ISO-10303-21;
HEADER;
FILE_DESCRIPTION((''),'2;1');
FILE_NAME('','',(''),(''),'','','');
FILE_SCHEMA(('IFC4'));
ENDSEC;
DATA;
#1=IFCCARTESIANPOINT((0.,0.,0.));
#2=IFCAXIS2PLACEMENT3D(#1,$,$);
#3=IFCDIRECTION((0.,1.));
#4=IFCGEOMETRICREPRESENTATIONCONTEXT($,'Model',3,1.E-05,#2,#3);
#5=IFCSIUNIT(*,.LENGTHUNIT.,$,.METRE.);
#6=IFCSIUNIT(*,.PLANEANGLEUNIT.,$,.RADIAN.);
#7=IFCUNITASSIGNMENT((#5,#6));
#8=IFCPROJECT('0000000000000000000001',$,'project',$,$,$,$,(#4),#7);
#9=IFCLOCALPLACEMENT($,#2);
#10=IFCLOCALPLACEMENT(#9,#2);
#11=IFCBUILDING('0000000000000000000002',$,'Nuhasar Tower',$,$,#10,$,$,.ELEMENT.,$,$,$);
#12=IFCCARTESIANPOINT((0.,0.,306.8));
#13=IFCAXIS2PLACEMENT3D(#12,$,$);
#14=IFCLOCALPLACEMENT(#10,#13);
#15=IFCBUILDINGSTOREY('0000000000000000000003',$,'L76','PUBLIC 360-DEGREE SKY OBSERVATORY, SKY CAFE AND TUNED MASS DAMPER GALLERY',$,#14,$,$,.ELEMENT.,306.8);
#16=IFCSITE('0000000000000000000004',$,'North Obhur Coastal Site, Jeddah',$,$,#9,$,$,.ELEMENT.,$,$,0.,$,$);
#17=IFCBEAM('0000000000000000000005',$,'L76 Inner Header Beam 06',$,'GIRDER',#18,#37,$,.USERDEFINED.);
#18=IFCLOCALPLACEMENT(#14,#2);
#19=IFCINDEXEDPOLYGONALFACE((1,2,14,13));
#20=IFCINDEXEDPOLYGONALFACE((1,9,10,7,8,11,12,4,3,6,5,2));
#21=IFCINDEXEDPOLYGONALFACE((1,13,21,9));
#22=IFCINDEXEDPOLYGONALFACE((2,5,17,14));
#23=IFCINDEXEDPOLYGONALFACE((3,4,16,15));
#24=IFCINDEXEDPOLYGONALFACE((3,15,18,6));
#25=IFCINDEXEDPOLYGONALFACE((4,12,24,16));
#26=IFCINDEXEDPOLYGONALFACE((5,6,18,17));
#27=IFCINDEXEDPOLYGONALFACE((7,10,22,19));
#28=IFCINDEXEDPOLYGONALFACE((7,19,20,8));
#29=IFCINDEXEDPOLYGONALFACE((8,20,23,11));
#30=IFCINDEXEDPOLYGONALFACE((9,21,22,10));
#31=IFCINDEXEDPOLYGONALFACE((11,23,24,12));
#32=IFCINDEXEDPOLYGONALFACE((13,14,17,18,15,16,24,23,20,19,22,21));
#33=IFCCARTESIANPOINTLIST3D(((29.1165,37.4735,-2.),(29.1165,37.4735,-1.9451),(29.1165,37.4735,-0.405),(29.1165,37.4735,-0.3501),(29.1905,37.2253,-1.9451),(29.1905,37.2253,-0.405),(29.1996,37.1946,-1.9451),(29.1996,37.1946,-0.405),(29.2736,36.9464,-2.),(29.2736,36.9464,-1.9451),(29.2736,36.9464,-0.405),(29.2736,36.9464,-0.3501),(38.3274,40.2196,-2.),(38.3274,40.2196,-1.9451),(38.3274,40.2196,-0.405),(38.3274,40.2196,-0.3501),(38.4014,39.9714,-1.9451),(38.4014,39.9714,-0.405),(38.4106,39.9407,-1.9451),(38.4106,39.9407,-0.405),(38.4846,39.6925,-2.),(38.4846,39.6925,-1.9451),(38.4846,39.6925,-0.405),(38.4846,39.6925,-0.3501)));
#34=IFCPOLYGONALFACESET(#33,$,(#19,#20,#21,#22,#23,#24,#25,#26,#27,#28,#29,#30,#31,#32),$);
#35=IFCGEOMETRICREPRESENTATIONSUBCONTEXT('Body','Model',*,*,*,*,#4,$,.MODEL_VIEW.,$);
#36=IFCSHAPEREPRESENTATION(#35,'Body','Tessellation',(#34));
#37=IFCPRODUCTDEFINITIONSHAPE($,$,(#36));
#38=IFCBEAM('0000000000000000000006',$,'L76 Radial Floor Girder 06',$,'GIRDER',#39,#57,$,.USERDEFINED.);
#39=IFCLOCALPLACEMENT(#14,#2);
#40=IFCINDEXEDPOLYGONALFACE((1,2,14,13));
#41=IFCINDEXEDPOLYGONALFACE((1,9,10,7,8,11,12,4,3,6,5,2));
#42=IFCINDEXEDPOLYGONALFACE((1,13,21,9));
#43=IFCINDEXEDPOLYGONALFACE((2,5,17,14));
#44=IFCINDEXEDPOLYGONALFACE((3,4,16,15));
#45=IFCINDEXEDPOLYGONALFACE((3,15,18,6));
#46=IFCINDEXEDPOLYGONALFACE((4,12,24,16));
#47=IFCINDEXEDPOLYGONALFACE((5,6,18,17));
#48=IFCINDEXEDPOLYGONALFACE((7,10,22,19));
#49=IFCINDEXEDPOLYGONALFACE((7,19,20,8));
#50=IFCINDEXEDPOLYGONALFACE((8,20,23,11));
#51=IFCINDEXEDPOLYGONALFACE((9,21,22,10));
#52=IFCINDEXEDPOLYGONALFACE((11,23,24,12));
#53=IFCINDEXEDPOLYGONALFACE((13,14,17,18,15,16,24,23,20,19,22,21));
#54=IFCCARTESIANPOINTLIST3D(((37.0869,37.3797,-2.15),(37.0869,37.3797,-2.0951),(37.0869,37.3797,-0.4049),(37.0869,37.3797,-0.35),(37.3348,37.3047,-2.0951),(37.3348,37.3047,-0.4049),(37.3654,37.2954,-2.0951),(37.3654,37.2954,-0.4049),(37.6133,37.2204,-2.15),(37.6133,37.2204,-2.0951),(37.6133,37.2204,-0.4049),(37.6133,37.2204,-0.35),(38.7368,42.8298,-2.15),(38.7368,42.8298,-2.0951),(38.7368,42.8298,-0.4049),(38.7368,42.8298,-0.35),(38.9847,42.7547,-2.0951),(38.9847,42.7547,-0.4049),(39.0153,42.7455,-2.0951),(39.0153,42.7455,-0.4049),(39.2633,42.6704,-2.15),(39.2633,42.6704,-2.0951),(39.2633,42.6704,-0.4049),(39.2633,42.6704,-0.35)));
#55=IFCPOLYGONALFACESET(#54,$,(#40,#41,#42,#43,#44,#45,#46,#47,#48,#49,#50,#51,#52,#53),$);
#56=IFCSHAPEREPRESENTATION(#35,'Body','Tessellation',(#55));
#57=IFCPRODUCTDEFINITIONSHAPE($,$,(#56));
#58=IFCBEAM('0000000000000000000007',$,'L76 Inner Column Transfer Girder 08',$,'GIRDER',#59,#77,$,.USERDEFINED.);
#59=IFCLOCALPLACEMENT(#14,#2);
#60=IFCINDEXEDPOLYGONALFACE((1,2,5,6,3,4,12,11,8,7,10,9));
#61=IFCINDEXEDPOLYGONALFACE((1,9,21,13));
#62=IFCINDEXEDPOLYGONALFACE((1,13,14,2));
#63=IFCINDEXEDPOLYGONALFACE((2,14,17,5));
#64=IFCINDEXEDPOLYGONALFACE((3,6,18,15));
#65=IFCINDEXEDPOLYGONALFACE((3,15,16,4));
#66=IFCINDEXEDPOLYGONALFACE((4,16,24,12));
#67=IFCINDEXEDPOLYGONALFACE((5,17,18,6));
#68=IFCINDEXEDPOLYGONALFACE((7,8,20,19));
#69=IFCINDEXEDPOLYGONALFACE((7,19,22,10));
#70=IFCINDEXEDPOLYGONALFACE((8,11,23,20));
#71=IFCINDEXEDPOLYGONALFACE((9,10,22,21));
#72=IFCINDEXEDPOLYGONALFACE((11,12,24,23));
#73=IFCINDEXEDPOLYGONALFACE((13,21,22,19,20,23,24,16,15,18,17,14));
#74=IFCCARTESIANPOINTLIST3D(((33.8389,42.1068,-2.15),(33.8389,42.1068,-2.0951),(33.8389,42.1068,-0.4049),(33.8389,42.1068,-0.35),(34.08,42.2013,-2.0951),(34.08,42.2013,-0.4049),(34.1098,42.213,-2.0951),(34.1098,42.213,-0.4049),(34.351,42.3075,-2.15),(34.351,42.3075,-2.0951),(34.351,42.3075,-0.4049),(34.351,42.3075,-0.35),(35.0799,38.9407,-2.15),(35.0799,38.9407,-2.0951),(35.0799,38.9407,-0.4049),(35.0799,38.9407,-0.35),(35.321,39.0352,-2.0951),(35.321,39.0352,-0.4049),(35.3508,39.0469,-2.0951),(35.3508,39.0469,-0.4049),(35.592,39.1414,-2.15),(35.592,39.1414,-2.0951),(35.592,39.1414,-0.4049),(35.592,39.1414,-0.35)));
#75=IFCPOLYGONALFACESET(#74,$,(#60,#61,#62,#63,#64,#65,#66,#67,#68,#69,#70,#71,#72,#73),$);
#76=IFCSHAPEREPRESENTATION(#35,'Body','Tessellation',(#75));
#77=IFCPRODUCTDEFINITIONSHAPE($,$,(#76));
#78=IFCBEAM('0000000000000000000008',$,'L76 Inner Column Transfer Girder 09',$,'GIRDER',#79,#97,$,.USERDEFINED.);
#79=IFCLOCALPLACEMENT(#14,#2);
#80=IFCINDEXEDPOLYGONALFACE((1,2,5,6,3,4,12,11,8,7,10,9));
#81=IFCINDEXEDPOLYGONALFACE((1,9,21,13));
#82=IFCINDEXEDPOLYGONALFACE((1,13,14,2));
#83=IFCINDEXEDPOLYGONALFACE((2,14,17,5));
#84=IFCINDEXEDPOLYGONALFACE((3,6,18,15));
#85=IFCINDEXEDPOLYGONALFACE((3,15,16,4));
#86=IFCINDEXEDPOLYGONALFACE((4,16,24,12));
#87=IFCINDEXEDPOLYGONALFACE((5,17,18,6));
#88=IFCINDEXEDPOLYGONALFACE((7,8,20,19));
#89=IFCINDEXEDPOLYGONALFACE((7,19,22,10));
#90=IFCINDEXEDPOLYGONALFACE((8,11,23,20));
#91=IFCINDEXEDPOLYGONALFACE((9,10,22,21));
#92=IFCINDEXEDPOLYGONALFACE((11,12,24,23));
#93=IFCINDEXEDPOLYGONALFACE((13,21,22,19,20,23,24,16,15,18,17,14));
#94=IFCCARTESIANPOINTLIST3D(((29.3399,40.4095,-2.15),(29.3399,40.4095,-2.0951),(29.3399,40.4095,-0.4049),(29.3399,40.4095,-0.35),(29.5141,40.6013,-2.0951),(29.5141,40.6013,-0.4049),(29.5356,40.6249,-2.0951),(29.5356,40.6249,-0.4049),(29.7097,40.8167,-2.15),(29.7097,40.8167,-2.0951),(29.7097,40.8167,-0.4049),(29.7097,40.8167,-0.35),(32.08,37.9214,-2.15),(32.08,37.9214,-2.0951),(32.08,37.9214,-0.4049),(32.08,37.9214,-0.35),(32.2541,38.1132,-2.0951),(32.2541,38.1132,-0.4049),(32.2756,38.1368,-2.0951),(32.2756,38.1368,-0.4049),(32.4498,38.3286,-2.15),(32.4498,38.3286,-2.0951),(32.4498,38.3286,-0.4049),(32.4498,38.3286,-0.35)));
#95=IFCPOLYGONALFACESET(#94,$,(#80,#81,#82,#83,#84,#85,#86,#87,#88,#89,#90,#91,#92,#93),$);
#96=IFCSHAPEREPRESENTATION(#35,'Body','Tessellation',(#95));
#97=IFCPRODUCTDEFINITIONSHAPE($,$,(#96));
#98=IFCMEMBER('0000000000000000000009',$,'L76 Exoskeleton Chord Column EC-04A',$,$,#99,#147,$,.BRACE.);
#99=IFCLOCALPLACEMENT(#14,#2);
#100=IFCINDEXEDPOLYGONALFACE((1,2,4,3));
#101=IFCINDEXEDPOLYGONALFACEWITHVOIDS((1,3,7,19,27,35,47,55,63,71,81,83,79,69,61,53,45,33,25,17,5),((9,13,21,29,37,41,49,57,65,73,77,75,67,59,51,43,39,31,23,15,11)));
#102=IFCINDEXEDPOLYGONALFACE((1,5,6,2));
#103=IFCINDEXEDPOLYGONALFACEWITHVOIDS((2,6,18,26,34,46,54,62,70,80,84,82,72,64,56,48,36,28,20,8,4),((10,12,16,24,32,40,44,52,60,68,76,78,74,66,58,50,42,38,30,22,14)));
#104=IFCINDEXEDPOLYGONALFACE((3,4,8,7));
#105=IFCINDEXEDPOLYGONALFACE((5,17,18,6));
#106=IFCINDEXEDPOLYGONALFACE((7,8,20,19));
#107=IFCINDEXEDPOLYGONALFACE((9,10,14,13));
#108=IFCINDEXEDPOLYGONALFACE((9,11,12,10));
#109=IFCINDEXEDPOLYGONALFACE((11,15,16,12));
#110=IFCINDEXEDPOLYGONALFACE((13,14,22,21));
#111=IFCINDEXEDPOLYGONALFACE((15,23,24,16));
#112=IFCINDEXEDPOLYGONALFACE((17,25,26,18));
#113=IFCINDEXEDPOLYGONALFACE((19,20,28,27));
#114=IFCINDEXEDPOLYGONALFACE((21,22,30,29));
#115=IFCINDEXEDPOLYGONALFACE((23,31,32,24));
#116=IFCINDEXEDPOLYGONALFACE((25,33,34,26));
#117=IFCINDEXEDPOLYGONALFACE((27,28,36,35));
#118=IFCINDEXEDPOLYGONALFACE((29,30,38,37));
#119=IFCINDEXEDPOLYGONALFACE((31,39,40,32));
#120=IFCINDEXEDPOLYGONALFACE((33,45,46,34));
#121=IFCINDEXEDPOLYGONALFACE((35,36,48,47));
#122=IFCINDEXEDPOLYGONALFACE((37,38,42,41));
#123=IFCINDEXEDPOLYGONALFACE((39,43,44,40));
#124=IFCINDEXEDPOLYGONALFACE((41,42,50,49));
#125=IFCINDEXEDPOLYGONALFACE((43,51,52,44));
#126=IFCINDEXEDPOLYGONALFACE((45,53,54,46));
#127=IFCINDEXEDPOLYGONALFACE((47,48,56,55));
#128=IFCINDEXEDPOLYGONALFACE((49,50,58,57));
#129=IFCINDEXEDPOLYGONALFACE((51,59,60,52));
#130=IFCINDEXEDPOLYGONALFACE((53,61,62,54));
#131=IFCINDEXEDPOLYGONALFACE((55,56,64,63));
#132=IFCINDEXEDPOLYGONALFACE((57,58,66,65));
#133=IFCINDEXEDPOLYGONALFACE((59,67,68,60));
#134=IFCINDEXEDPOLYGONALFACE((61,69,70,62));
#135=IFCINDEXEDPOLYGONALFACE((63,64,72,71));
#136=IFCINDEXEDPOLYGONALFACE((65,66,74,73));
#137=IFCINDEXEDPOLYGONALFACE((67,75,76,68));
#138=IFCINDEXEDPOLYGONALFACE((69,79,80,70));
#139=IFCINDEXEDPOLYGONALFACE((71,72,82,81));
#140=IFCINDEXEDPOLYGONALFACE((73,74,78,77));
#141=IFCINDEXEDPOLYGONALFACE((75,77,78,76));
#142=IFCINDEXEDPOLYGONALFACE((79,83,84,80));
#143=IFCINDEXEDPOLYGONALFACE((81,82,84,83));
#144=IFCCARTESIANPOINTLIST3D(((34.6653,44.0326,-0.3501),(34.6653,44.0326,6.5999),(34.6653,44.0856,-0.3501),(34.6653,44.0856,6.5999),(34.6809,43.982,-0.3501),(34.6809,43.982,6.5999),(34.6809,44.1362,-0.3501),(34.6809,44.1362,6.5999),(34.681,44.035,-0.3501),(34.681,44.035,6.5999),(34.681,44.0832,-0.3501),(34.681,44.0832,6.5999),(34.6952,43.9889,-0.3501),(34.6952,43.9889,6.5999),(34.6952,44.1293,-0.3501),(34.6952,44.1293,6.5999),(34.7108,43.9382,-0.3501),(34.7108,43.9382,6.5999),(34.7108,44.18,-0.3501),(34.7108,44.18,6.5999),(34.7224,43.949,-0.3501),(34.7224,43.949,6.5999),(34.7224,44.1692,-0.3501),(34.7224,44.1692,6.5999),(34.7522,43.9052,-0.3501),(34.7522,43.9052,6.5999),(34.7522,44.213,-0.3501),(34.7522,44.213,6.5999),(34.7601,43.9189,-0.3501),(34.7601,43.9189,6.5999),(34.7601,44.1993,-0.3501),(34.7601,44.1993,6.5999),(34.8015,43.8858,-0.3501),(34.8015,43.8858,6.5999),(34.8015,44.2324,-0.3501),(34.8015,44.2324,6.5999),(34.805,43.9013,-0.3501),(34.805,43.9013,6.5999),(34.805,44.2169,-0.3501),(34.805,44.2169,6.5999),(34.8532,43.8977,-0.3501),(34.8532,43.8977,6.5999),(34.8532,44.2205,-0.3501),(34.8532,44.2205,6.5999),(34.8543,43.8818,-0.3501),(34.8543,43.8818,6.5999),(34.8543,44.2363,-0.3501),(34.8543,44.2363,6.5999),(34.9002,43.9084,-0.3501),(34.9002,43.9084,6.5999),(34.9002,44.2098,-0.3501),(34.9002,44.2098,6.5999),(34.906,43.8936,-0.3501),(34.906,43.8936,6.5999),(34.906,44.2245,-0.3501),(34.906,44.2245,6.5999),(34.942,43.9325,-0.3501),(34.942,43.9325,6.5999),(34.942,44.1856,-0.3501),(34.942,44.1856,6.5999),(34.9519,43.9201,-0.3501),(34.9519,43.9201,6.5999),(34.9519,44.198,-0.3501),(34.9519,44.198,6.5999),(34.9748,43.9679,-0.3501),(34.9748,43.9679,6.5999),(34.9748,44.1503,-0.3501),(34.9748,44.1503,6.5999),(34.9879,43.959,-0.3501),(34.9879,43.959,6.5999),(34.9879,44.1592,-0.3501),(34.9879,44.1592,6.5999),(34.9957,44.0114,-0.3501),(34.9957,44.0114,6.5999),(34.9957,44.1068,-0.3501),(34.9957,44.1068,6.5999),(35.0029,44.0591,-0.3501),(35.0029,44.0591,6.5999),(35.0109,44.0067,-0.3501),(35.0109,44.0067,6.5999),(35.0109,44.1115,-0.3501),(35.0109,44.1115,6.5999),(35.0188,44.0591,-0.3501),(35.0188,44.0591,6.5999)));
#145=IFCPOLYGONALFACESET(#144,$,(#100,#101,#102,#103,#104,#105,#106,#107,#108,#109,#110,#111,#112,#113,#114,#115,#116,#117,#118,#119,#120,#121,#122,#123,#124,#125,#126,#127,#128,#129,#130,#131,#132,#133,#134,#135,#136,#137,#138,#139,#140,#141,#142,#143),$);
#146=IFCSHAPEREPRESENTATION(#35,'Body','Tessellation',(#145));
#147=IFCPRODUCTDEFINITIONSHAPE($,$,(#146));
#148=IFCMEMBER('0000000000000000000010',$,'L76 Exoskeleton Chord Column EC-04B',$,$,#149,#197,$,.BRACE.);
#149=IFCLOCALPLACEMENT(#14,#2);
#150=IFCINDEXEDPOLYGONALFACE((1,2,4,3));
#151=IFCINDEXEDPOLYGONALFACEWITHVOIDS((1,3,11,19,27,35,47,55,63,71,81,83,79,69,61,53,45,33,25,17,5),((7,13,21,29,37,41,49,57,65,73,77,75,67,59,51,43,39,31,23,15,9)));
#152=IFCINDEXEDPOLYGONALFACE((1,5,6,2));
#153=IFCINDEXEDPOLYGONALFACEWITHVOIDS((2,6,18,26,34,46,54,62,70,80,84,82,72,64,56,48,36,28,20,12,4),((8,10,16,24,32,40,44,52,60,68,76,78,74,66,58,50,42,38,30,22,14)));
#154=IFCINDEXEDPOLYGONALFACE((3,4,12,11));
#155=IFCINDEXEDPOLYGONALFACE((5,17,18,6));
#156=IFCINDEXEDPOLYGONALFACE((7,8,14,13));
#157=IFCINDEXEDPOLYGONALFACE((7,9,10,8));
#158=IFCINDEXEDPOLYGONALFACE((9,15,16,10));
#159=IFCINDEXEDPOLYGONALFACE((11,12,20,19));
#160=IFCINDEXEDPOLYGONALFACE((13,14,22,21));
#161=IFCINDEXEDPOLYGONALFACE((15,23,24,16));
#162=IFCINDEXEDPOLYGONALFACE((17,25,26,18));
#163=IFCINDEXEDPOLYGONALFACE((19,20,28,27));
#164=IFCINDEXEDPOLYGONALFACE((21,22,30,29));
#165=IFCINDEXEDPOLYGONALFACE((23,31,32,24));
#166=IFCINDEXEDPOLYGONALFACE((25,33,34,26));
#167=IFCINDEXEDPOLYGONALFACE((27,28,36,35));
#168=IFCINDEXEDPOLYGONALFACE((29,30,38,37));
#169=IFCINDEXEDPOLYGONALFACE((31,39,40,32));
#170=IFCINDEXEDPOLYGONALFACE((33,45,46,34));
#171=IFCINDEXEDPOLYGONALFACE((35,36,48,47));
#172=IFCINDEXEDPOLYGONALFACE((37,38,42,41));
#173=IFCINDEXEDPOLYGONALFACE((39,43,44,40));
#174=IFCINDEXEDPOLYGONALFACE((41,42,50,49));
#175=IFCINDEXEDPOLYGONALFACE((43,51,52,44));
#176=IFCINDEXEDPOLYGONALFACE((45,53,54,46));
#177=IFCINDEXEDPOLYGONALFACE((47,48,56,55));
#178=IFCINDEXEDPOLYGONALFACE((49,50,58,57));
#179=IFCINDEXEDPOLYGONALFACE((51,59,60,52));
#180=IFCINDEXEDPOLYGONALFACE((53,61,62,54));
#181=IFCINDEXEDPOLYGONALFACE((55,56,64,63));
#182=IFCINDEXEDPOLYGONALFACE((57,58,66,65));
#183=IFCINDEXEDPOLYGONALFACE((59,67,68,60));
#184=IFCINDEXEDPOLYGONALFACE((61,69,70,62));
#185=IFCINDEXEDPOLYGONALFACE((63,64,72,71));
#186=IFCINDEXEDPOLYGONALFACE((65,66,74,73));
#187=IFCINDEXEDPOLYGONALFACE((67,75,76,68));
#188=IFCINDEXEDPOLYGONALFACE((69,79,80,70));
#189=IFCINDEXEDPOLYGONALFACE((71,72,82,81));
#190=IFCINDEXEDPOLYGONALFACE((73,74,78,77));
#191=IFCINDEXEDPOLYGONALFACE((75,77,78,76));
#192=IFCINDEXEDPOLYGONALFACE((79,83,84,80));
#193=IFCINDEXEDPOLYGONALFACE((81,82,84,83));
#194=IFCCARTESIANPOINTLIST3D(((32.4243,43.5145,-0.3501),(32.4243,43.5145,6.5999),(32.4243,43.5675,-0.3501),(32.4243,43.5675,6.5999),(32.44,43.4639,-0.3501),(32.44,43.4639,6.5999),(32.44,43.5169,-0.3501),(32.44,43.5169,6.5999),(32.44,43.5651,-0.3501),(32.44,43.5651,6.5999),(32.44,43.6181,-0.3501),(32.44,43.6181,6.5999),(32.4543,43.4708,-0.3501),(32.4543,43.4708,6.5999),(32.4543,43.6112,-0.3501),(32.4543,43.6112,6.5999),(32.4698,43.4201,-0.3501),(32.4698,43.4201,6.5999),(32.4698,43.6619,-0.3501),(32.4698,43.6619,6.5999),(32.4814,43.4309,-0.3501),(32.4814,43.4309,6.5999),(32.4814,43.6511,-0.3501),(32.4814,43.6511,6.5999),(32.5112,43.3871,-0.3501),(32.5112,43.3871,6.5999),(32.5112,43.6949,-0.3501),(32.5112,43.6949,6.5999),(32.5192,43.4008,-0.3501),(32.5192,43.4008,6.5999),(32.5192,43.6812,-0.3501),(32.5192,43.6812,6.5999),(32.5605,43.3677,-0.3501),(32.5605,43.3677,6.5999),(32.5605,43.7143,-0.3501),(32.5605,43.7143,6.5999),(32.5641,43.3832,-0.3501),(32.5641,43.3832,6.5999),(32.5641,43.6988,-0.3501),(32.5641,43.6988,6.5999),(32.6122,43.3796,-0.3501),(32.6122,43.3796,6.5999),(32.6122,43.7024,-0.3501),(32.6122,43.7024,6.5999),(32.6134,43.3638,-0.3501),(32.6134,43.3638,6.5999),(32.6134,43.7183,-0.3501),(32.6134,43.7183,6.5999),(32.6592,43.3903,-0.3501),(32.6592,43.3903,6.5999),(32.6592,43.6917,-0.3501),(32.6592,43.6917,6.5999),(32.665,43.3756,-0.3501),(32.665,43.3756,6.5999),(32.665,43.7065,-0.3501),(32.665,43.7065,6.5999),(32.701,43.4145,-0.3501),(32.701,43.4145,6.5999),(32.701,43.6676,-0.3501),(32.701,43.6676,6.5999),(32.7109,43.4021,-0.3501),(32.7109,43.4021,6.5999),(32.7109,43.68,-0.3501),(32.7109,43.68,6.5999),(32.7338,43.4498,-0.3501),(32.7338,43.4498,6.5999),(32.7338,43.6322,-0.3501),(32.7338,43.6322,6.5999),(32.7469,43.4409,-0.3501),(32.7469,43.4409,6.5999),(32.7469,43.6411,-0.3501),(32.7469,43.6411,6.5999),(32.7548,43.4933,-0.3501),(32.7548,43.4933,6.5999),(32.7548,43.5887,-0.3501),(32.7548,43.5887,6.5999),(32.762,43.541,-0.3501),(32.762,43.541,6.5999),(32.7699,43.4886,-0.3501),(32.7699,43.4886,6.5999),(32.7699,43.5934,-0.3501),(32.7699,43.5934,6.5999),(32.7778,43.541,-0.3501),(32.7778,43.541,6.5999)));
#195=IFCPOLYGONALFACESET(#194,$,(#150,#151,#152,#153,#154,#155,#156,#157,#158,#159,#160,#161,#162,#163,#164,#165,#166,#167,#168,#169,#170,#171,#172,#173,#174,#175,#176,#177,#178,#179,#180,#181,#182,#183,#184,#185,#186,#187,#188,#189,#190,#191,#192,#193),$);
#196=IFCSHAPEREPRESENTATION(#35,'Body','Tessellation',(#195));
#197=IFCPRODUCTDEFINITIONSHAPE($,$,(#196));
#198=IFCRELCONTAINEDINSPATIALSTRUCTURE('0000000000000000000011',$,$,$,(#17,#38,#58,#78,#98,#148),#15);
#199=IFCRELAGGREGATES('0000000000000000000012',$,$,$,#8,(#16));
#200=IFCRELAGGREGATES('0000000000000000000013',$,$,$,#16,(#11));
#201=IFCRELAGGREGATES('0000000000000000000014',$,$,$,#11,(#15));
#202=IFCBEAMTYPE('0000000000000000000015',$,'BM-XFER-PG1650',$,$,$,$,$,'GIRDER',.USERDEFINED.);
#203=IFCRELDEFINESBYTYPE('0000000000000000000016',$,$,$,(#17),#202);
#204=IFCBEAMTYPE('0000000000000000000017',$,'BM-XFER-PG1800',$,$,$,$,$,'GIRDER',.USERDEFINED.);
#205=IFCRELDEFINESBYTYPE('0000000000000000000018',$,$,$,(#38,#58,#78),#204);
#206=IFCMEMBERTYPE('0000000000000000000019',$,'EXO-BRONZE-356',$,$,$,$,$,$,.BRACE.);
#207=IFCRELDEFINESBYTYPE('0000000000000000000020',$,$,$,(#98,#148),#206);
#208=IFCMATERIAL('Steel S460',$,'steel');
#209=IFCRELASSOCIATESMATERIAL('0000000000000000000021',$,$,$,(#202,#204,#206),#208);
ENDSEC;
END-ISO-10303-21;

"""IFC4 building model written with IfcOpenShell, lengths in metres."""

from ifc_helpers import new_model, si_unit, direction, frame, origin, origin_2d, place, context, subcontext, project, spatial, hollow_circle, i_section, extrude, material, material_profile, profile_set, type_object, element, save


model = new_model("IFC4")

# Units and contexts
model_context = context("Model", 3, precision=1e-05, world=origin(), true_north=direction((0.0, 1.0)))
body_context = subcontext(model_context, "Body", "Model", "MODEL_VIEW")
ifc_project = project(units=[si_unit("LENGTHUNIT", "METRE"), si_unit("PLANEANGLEUNIT", "RADIAN")], contexts=[model_context])

# Site, building, storey
site_placement = place(None, origin())
site = spatial("IfcSite", under=ifc_project, at=site_placement, Name="North Obhur Coastal Site, Jeddah", CompositionType="ELEMENT", RefElevation=0.0)
building_placement = place(site_placement, origin())
building = spatial("IfcBuilding", under=site, at=building_placement, Name="Nuhasar Tower", CompositionType="ELEMENT")
storey_placement = place(building_placement, frame((0.0, 0.0, 306.8)))
storey = spatial("IfcBuildingStorey", under=building, at=storey_placement, Name="L76", Description="PUBLIC 360-DEGREE SKY OBSERVATORY, SKY CAFE AND TUNED MASS DAMPER GALLERY", CompositionType="ELEMENT", Elevation=306.8)

# Beams
ifc_material_1 = material(Name="Steel S460", Category="steel")
ifc_material_profile_1 = material_profile(ifc_material_1, i_section(OverallWidth=0.55, OverallDepth=1.6499, WebThickness=0.032, FlangeThickness=0.0549, at=origin_2d()), Name="PG1650X550")
ifc_profile_set_1 = profile_set([ifc_material_profile_1], Name="Steel S460")
beam_type_1 = type_object("IfcBeamType", Name="BM-XFER-PG1650", ElementType="GIRDER", PredefinedType="USERDEFINED", material=ifc_profile_set_1)
beam_1_placement = place(storey_placement, frame((38.406, 39.9561, -1.175), z_axis=(-0.958317, -0.285707, 0.0), x_axis=(0.285707, -0.958317, 0.0)))
element("IfcBeam", 1, at=beam_1_placement, inside=storey, type_object=beam_type_1, Name="L76 Inner Header Beam 06", ObjectType="GIRDER", PredefinedType="USERDEFINED", context=body_context, shape_type="SweptSolid", body=[
    extrude(i_section(OverallWidth=0.55, OverallDepth=1.6499, WebThickness=0.032, FlangeThickness=0.0549, at=origin_2d()), origin(), (0.0, 0.0, 1.0), 9.6116),
])
ifc_material_profile_2 = material_profile(ifc_material_1, i_section(OverallWidth=0.55, OverallDepth=1.8, WebThickness=0.032, FlangeThickness=0.0549, at=origin_2d()), Name="PG1800X550")
ifc_profile_set_2 = profile_set([ifc_material_profile_2], Name="Steel S460")
beam_type_2 = type_object("IfcBeamType", Name="BM-XFER-PG1800", ElementType="GIRDER", PredefinedType="USERDEFINED", material=ifc_profile_set_2)
beam_2_placement = place(storey_placement, frame((37.3501, 37.3, -1.25), z_axis=(0.28975, 0.957102, 0.0), x_axis=(-0.957102, 0.28975, 0.0)))
element("IfcBeam", 2, at=beam_2_placement, inside=storey, type_object=beam_type_2, Name="L76 Radial Floor Girder 06", ObjectType="GIRDER", PredefinedType="USERDEFINED", context=body_context, shape_type="SweptSolid", body=[
    extrude(i_section(OverallWidth=0.55, OverallDepth=1.8, WebThickness=0.032, FlangeThickness=0.0549, at=origin_2d()), origin(), (0.0, 0.0, 1.0), 5.6943),
])
beam_3_placement = place(storey_placement, frame((35.3359, 39.041, -1.25), z_axis=(-0.364933, 0.931034, 0.0), x_axis=(-0.931034, -0.364933, 0.0)))
element("IfcBeam", 3, at=beam_3_placement, inside=storey, type_object=beam_type_2, Name="L76 Inner Column Transfer Girder 08", ObjectType="GIRDER", PredefinedType="USERDEFINED", context=body_context, shape_type="SweptSolid", body=[
    extrude(i_section(OverallWidth=0.55, OverallDepth=1.8, WebThickness=0.032, FlangeThickness=0.0549, at=origin_2d()), origin(), (0.0, 0.0, 1.0), 3.4006),
])
beam_4_placement = place(storey_placement, frame((32.2649, 38.125, -1.25), z_axis=(-0.740325, 0.672249, 0.0), x_axis=(-0.672249, -0.740325, 0.0)))
element("IfcBeam", 4, at=beam_4_placement, inside=storey, type_object=beam_type_2, Name="L76 Inner Column Transfer Girder 09", ObjectType="GIRDER", PredefinedType="USERDEFINED", context=body_context, shape_type="SweptSolid", body=[
    extrude(i_section(OverallWidth=0.55, OverallDepth=1.8, WebThickness=0.032, FlangeThickness=0.0549, at=origin_2d()), origin(), (0.0, 0.0, 1.0), 3.7012),
])

# Members
ifc_material_profile_3 = material_profile(ifc_material_1, hollow_circle(Radius=0.1777, WallThickness=0.0159, at=origin_2d()), Name="HSS355.6X15.9")
ifc_profile_set_3 = profile_set([ifc_material_profile_3], Name="Steel S460")
member_type = type_object("IfcMemberType", Name="EXO-BRONZE-356", PredefinedType="BRACE", material=ifc_profile_set_3)
for number, where, z_axis, x_axis, name in (
    (5, (34.8411, 44.0591, -0.3501), (0.0, 0.0, 1.0), (1.0, 0.0, 0.0), "L76 Exoskeleton Chord Column EC-04A"),
    (6, (32.6001, 43.541, -0.3501), (0.0, 0.0, 1.0), (1.0, 0.0, 0.0), "L76 Exoskeleton Chord Column EC-04B"),
):
    element("IfcMember", number, at=place(storey_placement, frame(where, z_axis=z_axis, x_axis=x_axis)), inside=storey, type_object=member_type, Name=name, PredefinedType="BRACE", context=body_context, shape_type="SweptSolid", body=[
        extrude(hollow_circle(Radius=0.1777, WallThickness=0.0159, at=origin_2d()), origin(), (0.0, 0.0, 1.0), 6.95),
    ])

save(model, "model.ifc")
